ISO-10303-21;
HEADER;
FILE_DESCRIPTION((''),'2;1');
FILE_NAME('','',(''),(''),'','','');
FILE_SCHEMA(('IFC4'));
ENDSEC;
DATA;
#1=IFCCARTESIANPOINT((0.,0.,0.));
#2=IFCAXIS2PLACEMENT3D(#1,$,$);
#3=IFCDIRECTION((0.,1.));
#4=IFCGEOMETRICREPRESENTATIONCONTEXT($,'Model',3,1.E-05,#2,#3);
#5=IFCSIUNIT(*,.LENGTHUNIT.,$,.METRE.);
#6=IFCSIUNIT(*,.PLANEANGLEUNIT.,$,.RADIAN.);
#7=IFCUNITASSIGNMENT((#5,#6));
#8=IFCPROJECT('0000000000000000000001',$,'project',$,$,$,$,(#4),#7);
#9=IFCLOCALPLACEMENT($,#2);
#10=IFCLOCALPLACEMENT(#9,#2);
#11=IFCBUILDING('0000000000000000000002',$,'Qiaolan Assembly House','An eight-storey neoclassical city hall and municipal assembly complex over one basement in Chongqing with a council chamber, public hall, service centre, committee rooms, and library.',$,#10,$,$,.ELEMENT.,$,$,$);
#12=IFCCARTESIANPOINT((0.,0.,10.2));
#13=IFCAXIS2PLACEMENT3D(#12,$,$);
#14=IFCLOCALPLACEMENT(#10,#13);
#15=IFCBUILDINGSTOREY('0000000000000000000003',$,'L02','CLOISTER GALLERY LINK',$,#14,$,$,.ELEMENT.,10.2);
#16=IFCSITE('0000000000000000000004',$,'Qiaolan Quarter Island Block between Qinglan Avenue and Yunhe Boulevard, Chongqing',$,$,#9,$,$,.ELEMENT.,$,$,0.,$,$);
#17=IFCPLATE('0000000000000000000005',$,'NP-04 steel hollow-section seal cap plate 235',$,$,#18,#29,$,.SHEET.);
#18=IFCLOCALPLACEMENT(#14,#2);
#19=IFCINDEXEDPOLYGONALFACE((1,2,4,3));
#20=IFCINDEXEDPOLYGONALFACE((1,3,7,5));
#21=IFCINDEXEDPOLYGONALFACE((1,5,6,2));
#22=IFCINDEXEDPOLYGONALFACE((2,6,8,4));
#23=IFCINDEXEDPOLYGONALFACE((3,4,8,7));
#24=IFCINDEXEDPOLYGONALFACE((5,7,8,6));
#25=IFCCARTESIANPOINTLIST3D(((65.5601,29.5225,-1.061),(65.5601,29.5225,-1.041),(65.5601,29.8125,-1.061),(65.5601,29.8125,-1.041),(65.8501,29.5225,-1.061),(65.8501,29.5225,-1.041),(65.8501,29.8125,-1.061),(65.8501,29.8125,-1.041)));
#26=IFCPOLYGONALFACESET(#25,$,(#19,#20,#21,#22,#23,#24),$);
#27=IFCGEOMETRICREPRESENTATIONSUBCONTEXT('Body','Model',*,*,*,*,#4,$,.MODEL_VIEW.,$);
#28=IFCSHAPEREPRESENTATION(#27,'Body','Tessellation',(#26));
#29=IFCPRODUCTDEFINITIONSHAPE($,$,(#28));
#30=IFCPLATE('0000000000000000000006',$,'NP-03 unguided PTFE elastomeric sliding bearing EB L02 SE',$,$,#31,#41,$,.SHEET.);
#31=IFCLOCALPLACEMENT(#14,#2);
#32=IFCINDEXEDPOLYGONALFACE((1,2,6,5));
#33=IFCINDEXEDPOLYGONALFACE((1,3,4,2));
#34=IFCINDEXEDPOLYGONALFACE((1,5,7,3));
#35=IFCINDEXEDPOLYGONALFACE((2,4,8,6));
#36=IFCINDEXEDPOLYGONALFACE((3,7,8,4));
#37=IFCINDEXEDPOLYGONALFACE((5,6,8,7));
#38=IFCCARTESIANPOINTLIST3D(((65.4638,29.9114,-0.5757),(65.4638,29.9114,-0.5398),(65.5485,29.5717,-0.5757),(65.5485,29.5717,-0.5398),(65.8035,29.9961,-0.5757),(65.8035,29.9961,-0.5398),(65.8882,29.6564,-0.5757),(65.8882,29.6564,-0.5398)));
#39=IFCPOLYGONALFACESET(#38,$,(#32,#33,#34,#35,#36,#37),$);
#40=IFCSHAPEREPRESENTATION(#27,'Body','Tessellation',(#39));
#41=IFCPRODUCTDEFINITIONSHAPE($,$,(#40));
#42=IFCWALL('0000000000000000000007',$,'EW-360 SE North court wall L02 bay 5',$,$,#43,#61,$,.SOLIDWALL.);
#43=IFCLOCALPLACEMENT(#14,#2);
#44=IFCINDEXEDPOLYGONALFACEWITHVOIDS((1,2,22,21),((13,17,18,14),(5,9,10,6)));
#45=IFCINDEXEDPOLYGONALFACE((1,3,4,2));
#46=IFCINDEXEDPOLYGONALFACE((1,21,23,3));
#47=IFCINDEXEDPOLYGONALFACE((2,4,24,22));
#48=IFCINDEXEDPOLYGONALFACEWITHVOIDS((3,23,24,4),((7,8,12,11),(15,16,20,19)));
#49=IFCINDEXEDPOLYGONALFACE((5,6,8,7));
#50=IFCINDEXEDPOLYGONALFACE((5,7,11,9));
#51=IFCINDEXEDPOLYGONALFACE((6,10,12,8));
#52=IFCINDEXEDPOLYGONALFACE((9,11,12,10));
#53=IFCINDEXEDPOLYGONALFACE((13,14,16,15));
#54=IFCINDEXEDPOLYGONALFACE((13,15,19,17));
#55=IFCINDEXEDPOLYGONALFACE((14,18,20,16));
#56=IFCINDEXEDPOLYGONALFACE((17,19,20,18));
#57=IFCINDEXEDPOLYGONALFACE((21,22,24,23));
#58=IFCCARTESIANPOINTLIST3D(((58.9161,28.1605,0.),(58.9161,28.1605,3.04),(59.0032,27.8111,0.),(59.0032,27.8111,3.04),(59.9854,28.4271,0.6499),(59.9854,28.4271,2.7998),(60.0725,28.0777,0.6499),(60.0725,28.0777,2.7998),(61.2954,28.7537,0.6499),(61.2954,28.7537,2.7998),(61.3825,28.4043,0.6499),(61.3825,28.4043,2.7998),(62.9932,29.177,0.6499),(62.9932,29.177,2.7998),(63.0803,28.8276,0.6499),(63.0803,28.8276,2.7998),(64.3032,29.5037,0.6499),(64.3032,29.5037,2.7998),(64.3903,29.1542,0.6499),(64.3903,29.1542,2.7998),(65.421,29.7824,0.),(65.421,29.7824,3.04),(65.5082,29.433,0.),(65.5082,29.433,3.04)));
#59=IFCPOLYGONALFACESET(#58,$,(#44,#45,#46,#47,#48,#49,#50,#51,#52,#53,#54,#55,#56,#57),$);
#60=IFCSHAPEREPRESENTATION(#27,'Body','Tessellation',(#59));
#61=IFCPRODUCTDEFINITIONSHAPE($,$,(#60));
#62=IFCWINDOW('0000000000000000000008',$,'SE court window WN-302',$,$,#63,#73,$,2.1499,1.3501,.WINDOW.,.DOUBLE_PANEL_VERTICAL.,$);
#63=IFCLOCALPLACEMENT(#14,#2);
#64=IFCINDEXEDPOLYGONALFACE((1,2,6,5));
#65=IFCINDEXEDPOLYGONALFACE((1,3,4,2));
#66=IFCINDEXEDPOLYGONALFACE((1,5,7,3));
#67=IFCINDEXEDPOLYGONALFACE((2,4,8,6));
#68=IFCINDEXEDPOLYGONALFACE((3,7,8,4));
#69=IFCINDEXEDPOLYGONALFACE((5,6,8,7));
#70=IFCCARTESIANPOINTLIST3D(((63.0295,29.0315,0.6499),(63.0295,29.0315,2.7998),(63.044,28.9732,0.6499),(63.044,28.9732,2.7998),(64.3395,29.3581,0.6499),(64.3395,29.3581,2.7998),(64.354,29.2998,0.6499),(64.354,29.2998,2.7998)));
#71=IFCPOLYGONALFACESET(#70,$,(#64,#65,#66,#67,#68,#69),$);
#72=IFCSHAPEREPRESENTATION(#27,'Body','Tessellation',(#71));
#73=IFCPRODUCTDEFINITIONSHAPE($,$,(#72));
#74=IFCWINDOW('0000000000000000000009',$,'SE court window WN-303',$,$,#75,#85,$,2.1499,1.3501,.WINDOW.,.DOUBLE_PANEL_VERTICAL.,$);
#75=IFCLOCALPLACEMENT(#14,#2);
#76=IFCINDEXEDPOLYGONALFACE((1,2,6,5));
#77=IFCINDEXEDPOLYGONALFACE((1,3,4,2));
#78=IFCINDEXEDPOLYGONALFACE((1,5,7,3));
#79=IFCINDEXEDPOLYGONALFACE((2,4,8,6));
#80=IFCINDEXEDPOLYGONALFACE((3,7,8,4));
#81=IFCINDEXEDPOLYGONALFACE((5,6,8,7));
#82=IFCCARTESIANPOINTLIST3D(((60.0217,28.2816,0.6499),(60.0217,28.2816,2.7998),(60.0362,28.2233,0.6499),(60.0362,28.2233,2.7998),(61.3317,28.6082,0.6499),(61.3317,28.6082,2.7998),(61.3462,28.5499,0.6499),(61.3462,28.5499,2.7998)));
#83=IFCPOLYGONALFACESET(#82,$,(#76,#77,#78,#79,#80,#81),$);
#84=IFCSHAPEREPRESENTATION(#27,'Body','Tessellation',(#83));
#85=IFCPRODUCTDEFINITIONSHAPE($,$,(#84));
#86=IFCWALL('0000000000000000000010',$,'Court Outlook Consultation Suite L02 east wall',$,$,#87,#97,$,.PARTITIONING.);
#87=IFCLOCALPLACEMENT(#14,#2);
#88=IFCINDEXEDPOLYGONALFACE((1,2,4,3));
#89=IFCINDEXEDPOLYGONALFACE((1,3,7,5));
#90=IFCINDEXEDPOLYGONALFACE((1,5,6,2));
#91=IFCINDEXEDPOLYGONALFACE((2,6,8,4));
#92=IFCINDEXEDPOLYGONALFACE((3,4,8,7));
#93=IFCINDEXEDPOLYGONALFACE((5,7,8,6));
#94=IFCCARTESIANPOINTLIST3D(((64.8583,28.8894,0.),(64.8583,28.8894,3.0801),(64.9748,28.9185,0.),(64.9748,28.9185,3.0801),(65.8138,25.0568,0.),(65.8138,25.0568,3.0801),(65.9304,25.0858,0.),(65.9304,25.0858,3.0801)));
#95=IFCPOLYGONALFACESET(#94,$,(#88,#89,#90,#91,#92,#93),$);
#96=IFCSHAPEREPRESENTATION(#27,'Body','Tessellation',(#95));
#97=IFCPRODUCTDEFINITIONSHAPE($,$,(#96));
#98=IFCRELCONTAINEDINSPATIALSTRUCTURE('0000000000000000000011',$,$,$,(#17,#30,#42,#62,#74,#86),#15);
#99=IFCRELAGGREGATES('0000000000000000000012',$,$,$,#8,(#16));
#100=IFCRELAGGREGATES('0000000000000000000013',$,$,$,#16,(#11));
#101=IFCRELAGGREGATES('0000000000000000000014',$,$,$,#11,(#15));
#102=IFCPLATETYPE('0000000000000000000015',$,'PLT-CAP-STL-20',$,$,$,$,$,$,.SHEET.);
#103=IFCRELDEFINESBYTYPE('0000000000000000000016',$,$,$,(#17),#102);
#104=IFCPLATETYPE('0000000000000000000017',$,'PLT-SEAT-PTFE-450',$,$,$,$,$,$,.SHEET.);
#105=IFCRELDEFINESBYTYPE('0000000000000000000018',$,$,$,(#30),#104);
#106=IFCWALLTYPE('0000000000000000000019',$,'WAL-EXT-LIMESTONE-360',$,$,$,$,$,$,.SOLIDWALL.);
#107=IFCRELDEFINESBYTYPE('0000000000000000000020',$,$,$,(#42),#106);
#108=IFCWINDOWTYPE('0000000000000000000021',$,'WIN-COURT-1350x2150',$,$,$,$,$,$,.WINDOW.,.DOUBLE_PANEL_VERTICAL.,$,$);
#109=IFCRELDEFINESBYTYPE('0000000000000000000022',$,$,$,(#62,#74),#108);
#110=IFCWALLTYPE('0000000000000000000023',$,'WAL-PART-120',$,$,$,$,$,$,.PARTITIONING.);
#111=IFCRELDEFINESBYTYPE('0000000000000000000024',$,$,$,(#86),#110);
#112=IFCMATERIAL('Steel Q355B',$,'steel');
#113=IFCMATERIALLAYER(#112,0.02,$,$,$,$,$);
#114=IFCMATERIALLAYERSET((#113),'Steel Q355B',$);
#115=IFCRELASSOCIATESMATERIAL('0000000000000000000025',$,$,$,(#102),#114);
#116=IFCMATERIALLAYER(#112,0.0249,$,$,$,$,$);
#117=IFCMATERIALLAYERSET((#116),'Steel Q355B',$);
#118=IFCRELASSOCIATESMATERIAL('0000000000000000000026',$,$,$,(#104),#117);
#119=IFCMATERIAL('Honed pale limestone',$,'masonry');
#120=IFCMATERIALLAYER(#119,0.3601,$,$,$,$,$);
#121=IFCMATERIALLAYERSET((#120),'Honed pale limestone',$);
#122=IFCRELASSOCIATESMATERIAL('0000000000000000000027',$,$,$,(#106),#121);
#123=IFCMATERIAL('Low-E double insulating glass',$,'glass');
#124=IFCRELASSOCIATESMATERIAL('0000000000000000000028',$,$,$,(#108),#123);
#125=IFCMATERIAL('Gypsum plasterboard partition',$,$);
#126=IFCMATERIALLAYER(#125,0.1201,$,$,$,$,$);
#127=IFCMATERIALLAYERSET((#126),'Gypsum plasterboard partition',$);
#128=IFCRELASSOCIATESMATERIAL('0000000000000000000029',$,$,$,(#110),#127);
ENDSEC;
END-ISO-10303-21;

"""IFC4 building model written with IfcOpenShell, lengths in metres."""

from ifc_helpers import new_model, si_unit, direction, frame, frame_2d, origin, origin_2d, place, context, subcontext, project, spatial, rectangle, extrude, material, layer, layer_set, type_object, element, fill, save


model = new_model("IFC4")

# Units and contexts
model_context = context("Model", 3, precision=1e-05, world=origin(), true_north=direction((0.0, 1.0)))
body_context = subcontext(model_context, "Body", "Model", "MODEL_VIEW")
ifc_project = project(units=[si_unit("LENGTHUNIT", "METRE"), si_unit("PLANEANGLEUNIT", "RADIAN")], contexts=[model_context])

# Site, building, storey
site_placement = place(None, origin())
site = spatial("IfcSite", under=ifc_project, at=site_placement, Name="Qiaolan Quarter Island Block between Qinglan Avenue and Yunhe Boulevard, Chongqing", CompositionType="ELEMENT", RefElevation=0.0)
building_placement = place(site_placement, origin())
building = spatial("IfcBuilding", under=site, at=building_placement, Name="Qiaolan Assembly House", Description="An eight-storey neoclassical city hall and municipal assembly complex over one basement in Chongqing with a council chamber, public hall, service centre, committee rooms, and library.", CompositionType="ELEMENT")
storey_placement = place(building_placement, frame((0.0, 0.0, 10.2)))
storey = spatial("IfcBuildingStorey", under=building, at=storey_placement, Name="L02", Description="CLOISTER GALLERY LINK", CompositionType="ELEMENT", Elevation=10.2)

# Shared definitions
ifc_material_1 = material(Name="Steel Q355B", Category="steel")

# Shared definitions
ifc_material_2 = material(Name="Low-E double insulating glass", Category="glass")

# Plates
ifc_layer_1 = layer(ifc_material_1, 0.02)
ifc_layer_set_1 = layer_set([ifc_layer_1], Name="Steel Q355B")
plate_type_1 = type_object("IfcPlateType", Name="PLT-CAP-STL-20", PredefinedType="SHEET", material=ifc_layer_set_1)
plate_1_placement = place(storey_placement, frame((65.7051, 29.6675, -1.061), z_axis=(0.0, 0.0, 1.0), x_axis=(1.0, 0.0, 0.0)))
element("IfcPlate", 1, at=plate_1_placement, inside=storey, type_object=plate_type_1, Name="NP-04 steel hollow-section seal cap plate 235", PredefinedType="SHEET", context=body_context, shape_type="SweptSolid", body=[
    extrude(rectangle(XDim=0.29, YDim=0.29, at=origin_2d()), origin(), (0.0, 0.0, 1.0), 0.02),
])
ifc_layer_2 = layer(ifc_material_1, 0.0249)
ifc_layer_set_2 = layer_set([ifc_layer_2], Name="Steel Q355B")
plate_type_2 = type_object("IfcPlateType", Name="PLT-SEAT-PTFE-450", PredefinedType="SHEET", material=ifc_layer_set_2)
plate_2_placement = place(storey_placement, frame((65.676, 29.7839, -0.5757), z_axis=(0.0, 0.0, 1.0), x_axis=(0.970296, 0.241922, 0.0)))
element("IfcPlate", 2, at=plate_2_placement, inside=storey, type_object=plate_type_2, Name="NP-03 unguided PTFE elastomeric sliding bearing EB L02 SE", PredefinedType="SHEET", context=body_context, shape_type="SweptSolid", body=[
    extrude(rectangle(XDim=0.3501, YDim=0.3501, at=origin_2d()), origin(), (0.0, 0.0, 1.0), 0.0359),
])

# Wall, openings, windows
ifc_material_3 = material(Name="Honed pale limestone", Category="masonry")
ifc_layer_3 = layer(ifc_material_3, 0.3601)
ifc_layer_set_3 = layer_set([ifc_layer_3], Name="Honed pale limestone")
wall_type_1 = type_object("IfcWallType", Name="WAL-EXT-LIMESTONE-360", PredefinedType="SOLIDWALL", material=ifc_layer_set_3)
wall_1_placement = place(storey_placement, frame((65.4646, 29.6077, 0.0), z_axis=(0.0, 0.0, 1.0), x_axis=(-0.970297, -0.241919, 0.0)))
wall_1 = element("IfcWall", 3, at=wall_1_placement, inside=storey, type_object=wall_type_1, Name="EW-360 SE North court wall L02 bay 5", PredefinedType="SOLIDWALL", context=body_context, shape_type="SweptSolid", body=[
    extrude(rectangle(XDim=6.7041, YDim=0.3601, at=frame_2d((3.3521, 0.0))), origin(), (0.0, 0.0, 1.0), 3.04),
])
opening_1_placement = place(wall_1_placement, frame((1.1521, 0.0, 0.6499)))
opening_1 = element("IfcOpeningElement", 4, at=opening_1_placement, cuts=wall_1, PredefinedType="OPENING", context=body_context, shape_type="SweptSolid", body=[
    extrude(rectangle(XDim=1.3501, YDim=2.1499, at=frame_2d((0.675, 1.075))), frame((0.0, 0.1899, 0.0), z_axis=(0.0, -1.0, 0.0), x_axis=(1.0, 0.0, 0.0)), (0.0, 0.0, 1.0), 0.3801),
])
opening_2_placement = place(wall_1_placement, frame((4.252, 0.0, 0.6499)))
opening_2 = element("IfcOpeningElement", 5, at=opening_2_placement, cuts=wall_1, PredefinedType="OPENING", context=body_context, shape_type="SweptSolid", body=[
    extrude(rectangle(XDim=1.3501, YDim=2.1499, at=frame_2d((0.675, 1.075))), frame((0.0, 0.1899, 0.0), z_axis=(0.0, -1.0, 0.0), x_axis=(1.0, 0.0, 0.0)), (0.0, 0.0, 1.0), 0.3801),
])
window_type = type_object("IfcWindowType", Name="WIN-COURT-1350x2150", PartitioningType="DOUBLE_PANEL_VERTICAL", PredefinedType="WINDOW", material=ifc_material_2)
window_1_placement = place(opening_1_placement, origin())
window_1 = element("IfcWindow", 6, at=window_1_placement, inside=storey, type_object=window_type, Name="SE court window WN-302", OverallHeight=2.1499, OverallWidth=1.3501, PartitioningType="DOUBLE_PANEL_VERTICAL", PredefinedType="WINDOW", context=body_context, shape_type="SweptSolid", body=[
    extrude(rectangle(XDim=1.3501, YDim=2.1499, at=frame_2d((0.675, 1.075))), frame((0.0, 0.03, 0.0), z_axis=(0.0, -1.0, 0.0), x_axis=(1.0, 0.0, 0.0)), (0.0, 0.0, 1.0), 0.0601),
])
fill(opening_1, window_1)
window_2_placement = place(opening_2_placement, origin())
window_2 = element("IfcWindow", 7, at=window_2_placement, inside=storey, type_object=window_type, Name="SE court window WN-303", OverallHeight=2.1499, OverallWidth=1.3501, PartitioningType="DOUBLE_PANEL_VERTICAL", PredefinedType="WINDOW", context=body_context, shape_type="SweptSolid", body=[
    extrude(rectangle(XDim=1.3501, YDim=2.1499, at=frame_2d((0.675, 1.075))), frame((0.0, 0.03, 0.0), z_axis=(0.0, -1.0, 0.0), x_axis=(1.0, 0.0, 0.0)), (0.0, 0.0, 1.0), 0.0601),
])
fill(opening_2, window_2)

# Wall
ifc_material_4 = material(Name="Gypsum plasterboard partition")
ifc_layer_4 = layer(ifc_material_4, 0.1201)
ifc_layer_set_4 = layer_set([ifc_layer_4], Name="Gypsum plasterboard partition")
wall_type_2 = type_object("IfcWallType", Name="WAL-PART-120", PredefinedType="PARTITIONING", material=ifc_layer_set_4)
wall_2_placement = place(storey_placement, frame((64.9165, 28.9041, 0.0), z_axis=(0.0, 0.0, 1.0), x_axis=(0.241925, -0.970295, 0.0)))
element("IfcWall", 8, at=wall_2_placement, inside=storey, type_object=wall_type_2, Name="Court Outlook Consultation Suite L02 east wall", PredefinedType="PARTITIONING", context=body_context, shape_type="SweptSolid", body=[
    extrude(rectangle(XDim=3.95, YDim=0.1201, at=frame_2d((1.9751, 0.0))), origin(), (0.0, 0.0, 1.0), 3.0801),
])

save(model, "model.ifc")
